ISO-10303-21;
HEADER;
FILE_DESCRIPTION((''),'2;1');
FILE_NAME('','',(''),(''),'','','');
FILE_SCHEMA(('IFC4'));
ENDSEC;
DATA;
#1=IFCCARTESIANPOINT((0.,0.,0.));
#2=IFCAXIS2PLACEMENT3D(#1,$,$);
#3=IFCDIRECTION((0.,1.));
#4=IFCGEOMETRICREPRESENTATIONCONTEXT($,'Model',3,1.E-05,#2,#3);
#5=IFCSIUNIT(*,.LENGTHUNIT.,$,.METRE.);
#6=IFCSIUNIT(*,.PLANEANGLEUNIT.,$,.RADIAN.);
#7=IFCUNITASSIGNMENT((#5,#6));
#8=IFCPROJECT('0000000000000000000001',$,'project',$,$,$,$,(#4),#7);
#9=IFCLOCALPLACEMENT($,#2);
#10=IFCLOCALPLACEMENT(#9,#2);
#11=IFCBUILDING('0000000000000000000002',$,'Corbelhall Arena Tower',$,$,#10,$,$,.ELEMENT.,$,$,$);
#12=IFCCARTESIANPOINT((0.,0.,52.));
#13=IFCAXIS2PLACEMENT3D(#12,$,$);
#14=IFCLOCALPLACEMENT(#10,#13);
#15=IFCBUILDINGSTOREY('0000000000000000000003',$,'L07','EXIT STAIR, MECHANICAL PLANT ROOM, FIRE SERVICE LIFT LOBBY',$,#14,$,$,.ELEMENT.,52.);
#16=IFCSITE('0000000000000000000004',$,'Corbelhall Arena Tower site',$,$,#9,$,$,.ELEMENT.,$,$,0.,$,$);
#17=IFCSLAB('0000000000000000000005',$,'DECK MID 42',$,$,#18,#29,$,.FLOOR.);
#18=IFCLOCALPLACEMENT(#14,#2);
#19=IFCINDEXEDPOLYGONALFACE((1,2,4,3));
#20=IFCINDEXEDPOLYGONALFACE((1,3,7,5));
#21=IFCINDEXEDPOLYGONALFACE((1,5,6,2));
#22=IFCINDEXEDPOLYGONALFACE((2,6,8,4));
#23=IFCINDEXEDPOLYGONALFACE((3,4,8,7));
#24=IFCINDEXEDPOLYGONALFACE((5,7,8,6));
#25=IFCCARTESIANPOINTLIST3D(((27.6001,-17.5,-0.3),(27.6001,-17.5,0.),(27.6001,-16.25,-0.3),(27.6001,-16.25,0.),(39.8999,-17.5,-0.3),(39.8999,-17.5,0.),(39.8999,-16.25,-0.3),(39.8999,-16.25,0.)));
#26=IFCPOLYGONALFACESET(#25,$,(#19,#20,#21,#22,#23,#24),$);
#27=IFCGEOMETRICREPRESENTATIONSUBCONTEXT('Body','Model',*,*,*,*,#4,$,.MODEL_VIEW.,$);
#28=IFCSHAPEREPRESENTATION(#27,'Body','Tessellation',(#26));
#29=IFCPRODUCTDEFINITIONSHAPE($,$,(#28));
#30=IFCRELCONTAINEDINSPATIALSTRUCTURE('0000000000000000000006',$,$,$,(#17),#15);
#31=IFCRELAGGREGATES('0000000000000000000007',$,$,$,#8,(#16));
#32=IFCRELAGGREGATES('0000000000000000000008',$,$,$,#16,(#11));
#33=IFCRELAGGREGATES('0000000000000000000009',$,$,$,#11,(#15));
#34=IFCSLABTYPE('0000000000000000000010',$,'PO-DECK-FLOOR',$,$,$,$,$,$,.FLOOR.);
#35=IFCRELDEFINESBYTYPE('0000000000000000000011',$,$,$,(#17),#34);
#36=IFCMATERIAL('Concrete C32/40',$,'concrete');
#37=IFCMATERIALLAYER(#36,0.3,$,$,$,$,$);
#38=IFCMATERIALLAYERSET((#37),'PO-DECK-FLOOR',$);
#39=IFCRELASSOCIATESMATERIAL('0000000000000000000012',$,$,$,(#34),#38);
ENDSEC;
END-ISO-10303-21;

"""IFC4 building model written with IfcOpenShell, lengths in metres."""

from ifc_helpers import new_model, si_unit, direction, frame, origin, place, context, subcontext, project, spatial, polyline, outline, extrude, material, layer, layer_set, type_object, element, save


model = new_model("IFC4")

# Units and contexts
model_context = context("Model", 3, precision=1e-05, world=origin(), true_north=direction((0.0, 1.0)))
body_context = subcontext(model_context, "Body", "Model", "MODEL_VIEW")
ifc_project = project(units=[si_unit("LENGTHUNIT", "METRE"), si_unit("PLANEANGLEUNIT", "RADIAN")], contexts=[model_context])

# Site, building, storey
site_placement = place(None, origin())
site = spatial("IfcSite", under=ifc_project, at=site_placement, Name="Corbelhall Arena Tower site", CompositionType="ELEMENT", RefElevation=0.0)
building_placement = place(site_placement, origin())
building = spatial("IfcBuilding", under=site, at=building_placement, Name="Corbelhall Arena Tower", CompositionType="ELEMENT")
storey_placement = place(building_placement, frame((0.0, 0.0, 52.0)))
storey = spatial("IfcBuildingStorey", under=building, at=storey_placement, Name="L07", Description="EXIT STAIR, MECHANICAL PLANT ROOM, FIRE SERVICE LIFT LOBBY", CompositionType="ELEMENT", Elevation=52.0)

# Slab
ifc_material_1 = material(Name="Concrete C32/40", Category="concrete")
ifc_layer = layer(ifc_material_1, 0.3)
ifc_layer_set = layer_set([ifc_layer], Name="PO-DECK-FLOOR")
slab_type = type_object("IfcSlabType", Name="PO-DECK-FLOOR", PredefinedType="FLOOR", material=ifc_layer_set)
slab_1_placement = place(storey_placement, frame((0.0, 0.0, -0.3)))
element("IfcSlab", 1, at=slab_1_placement, inside=storey, type_object=slab_type, Name="DECK MID 42", PredefinedType="FLOOR", context=body_context, shape_type="SweptSolid", body=[
    extrude(outline(polyline([(39.8999, -17.5), (27.6001, -17.5), (27.6001, -16.25), (39.8999, -16.25), (39.8999, -17.5)])), origin(), (0.0, 0.0, 1.0), 0.3),
])

save(model, "model.ifc")
